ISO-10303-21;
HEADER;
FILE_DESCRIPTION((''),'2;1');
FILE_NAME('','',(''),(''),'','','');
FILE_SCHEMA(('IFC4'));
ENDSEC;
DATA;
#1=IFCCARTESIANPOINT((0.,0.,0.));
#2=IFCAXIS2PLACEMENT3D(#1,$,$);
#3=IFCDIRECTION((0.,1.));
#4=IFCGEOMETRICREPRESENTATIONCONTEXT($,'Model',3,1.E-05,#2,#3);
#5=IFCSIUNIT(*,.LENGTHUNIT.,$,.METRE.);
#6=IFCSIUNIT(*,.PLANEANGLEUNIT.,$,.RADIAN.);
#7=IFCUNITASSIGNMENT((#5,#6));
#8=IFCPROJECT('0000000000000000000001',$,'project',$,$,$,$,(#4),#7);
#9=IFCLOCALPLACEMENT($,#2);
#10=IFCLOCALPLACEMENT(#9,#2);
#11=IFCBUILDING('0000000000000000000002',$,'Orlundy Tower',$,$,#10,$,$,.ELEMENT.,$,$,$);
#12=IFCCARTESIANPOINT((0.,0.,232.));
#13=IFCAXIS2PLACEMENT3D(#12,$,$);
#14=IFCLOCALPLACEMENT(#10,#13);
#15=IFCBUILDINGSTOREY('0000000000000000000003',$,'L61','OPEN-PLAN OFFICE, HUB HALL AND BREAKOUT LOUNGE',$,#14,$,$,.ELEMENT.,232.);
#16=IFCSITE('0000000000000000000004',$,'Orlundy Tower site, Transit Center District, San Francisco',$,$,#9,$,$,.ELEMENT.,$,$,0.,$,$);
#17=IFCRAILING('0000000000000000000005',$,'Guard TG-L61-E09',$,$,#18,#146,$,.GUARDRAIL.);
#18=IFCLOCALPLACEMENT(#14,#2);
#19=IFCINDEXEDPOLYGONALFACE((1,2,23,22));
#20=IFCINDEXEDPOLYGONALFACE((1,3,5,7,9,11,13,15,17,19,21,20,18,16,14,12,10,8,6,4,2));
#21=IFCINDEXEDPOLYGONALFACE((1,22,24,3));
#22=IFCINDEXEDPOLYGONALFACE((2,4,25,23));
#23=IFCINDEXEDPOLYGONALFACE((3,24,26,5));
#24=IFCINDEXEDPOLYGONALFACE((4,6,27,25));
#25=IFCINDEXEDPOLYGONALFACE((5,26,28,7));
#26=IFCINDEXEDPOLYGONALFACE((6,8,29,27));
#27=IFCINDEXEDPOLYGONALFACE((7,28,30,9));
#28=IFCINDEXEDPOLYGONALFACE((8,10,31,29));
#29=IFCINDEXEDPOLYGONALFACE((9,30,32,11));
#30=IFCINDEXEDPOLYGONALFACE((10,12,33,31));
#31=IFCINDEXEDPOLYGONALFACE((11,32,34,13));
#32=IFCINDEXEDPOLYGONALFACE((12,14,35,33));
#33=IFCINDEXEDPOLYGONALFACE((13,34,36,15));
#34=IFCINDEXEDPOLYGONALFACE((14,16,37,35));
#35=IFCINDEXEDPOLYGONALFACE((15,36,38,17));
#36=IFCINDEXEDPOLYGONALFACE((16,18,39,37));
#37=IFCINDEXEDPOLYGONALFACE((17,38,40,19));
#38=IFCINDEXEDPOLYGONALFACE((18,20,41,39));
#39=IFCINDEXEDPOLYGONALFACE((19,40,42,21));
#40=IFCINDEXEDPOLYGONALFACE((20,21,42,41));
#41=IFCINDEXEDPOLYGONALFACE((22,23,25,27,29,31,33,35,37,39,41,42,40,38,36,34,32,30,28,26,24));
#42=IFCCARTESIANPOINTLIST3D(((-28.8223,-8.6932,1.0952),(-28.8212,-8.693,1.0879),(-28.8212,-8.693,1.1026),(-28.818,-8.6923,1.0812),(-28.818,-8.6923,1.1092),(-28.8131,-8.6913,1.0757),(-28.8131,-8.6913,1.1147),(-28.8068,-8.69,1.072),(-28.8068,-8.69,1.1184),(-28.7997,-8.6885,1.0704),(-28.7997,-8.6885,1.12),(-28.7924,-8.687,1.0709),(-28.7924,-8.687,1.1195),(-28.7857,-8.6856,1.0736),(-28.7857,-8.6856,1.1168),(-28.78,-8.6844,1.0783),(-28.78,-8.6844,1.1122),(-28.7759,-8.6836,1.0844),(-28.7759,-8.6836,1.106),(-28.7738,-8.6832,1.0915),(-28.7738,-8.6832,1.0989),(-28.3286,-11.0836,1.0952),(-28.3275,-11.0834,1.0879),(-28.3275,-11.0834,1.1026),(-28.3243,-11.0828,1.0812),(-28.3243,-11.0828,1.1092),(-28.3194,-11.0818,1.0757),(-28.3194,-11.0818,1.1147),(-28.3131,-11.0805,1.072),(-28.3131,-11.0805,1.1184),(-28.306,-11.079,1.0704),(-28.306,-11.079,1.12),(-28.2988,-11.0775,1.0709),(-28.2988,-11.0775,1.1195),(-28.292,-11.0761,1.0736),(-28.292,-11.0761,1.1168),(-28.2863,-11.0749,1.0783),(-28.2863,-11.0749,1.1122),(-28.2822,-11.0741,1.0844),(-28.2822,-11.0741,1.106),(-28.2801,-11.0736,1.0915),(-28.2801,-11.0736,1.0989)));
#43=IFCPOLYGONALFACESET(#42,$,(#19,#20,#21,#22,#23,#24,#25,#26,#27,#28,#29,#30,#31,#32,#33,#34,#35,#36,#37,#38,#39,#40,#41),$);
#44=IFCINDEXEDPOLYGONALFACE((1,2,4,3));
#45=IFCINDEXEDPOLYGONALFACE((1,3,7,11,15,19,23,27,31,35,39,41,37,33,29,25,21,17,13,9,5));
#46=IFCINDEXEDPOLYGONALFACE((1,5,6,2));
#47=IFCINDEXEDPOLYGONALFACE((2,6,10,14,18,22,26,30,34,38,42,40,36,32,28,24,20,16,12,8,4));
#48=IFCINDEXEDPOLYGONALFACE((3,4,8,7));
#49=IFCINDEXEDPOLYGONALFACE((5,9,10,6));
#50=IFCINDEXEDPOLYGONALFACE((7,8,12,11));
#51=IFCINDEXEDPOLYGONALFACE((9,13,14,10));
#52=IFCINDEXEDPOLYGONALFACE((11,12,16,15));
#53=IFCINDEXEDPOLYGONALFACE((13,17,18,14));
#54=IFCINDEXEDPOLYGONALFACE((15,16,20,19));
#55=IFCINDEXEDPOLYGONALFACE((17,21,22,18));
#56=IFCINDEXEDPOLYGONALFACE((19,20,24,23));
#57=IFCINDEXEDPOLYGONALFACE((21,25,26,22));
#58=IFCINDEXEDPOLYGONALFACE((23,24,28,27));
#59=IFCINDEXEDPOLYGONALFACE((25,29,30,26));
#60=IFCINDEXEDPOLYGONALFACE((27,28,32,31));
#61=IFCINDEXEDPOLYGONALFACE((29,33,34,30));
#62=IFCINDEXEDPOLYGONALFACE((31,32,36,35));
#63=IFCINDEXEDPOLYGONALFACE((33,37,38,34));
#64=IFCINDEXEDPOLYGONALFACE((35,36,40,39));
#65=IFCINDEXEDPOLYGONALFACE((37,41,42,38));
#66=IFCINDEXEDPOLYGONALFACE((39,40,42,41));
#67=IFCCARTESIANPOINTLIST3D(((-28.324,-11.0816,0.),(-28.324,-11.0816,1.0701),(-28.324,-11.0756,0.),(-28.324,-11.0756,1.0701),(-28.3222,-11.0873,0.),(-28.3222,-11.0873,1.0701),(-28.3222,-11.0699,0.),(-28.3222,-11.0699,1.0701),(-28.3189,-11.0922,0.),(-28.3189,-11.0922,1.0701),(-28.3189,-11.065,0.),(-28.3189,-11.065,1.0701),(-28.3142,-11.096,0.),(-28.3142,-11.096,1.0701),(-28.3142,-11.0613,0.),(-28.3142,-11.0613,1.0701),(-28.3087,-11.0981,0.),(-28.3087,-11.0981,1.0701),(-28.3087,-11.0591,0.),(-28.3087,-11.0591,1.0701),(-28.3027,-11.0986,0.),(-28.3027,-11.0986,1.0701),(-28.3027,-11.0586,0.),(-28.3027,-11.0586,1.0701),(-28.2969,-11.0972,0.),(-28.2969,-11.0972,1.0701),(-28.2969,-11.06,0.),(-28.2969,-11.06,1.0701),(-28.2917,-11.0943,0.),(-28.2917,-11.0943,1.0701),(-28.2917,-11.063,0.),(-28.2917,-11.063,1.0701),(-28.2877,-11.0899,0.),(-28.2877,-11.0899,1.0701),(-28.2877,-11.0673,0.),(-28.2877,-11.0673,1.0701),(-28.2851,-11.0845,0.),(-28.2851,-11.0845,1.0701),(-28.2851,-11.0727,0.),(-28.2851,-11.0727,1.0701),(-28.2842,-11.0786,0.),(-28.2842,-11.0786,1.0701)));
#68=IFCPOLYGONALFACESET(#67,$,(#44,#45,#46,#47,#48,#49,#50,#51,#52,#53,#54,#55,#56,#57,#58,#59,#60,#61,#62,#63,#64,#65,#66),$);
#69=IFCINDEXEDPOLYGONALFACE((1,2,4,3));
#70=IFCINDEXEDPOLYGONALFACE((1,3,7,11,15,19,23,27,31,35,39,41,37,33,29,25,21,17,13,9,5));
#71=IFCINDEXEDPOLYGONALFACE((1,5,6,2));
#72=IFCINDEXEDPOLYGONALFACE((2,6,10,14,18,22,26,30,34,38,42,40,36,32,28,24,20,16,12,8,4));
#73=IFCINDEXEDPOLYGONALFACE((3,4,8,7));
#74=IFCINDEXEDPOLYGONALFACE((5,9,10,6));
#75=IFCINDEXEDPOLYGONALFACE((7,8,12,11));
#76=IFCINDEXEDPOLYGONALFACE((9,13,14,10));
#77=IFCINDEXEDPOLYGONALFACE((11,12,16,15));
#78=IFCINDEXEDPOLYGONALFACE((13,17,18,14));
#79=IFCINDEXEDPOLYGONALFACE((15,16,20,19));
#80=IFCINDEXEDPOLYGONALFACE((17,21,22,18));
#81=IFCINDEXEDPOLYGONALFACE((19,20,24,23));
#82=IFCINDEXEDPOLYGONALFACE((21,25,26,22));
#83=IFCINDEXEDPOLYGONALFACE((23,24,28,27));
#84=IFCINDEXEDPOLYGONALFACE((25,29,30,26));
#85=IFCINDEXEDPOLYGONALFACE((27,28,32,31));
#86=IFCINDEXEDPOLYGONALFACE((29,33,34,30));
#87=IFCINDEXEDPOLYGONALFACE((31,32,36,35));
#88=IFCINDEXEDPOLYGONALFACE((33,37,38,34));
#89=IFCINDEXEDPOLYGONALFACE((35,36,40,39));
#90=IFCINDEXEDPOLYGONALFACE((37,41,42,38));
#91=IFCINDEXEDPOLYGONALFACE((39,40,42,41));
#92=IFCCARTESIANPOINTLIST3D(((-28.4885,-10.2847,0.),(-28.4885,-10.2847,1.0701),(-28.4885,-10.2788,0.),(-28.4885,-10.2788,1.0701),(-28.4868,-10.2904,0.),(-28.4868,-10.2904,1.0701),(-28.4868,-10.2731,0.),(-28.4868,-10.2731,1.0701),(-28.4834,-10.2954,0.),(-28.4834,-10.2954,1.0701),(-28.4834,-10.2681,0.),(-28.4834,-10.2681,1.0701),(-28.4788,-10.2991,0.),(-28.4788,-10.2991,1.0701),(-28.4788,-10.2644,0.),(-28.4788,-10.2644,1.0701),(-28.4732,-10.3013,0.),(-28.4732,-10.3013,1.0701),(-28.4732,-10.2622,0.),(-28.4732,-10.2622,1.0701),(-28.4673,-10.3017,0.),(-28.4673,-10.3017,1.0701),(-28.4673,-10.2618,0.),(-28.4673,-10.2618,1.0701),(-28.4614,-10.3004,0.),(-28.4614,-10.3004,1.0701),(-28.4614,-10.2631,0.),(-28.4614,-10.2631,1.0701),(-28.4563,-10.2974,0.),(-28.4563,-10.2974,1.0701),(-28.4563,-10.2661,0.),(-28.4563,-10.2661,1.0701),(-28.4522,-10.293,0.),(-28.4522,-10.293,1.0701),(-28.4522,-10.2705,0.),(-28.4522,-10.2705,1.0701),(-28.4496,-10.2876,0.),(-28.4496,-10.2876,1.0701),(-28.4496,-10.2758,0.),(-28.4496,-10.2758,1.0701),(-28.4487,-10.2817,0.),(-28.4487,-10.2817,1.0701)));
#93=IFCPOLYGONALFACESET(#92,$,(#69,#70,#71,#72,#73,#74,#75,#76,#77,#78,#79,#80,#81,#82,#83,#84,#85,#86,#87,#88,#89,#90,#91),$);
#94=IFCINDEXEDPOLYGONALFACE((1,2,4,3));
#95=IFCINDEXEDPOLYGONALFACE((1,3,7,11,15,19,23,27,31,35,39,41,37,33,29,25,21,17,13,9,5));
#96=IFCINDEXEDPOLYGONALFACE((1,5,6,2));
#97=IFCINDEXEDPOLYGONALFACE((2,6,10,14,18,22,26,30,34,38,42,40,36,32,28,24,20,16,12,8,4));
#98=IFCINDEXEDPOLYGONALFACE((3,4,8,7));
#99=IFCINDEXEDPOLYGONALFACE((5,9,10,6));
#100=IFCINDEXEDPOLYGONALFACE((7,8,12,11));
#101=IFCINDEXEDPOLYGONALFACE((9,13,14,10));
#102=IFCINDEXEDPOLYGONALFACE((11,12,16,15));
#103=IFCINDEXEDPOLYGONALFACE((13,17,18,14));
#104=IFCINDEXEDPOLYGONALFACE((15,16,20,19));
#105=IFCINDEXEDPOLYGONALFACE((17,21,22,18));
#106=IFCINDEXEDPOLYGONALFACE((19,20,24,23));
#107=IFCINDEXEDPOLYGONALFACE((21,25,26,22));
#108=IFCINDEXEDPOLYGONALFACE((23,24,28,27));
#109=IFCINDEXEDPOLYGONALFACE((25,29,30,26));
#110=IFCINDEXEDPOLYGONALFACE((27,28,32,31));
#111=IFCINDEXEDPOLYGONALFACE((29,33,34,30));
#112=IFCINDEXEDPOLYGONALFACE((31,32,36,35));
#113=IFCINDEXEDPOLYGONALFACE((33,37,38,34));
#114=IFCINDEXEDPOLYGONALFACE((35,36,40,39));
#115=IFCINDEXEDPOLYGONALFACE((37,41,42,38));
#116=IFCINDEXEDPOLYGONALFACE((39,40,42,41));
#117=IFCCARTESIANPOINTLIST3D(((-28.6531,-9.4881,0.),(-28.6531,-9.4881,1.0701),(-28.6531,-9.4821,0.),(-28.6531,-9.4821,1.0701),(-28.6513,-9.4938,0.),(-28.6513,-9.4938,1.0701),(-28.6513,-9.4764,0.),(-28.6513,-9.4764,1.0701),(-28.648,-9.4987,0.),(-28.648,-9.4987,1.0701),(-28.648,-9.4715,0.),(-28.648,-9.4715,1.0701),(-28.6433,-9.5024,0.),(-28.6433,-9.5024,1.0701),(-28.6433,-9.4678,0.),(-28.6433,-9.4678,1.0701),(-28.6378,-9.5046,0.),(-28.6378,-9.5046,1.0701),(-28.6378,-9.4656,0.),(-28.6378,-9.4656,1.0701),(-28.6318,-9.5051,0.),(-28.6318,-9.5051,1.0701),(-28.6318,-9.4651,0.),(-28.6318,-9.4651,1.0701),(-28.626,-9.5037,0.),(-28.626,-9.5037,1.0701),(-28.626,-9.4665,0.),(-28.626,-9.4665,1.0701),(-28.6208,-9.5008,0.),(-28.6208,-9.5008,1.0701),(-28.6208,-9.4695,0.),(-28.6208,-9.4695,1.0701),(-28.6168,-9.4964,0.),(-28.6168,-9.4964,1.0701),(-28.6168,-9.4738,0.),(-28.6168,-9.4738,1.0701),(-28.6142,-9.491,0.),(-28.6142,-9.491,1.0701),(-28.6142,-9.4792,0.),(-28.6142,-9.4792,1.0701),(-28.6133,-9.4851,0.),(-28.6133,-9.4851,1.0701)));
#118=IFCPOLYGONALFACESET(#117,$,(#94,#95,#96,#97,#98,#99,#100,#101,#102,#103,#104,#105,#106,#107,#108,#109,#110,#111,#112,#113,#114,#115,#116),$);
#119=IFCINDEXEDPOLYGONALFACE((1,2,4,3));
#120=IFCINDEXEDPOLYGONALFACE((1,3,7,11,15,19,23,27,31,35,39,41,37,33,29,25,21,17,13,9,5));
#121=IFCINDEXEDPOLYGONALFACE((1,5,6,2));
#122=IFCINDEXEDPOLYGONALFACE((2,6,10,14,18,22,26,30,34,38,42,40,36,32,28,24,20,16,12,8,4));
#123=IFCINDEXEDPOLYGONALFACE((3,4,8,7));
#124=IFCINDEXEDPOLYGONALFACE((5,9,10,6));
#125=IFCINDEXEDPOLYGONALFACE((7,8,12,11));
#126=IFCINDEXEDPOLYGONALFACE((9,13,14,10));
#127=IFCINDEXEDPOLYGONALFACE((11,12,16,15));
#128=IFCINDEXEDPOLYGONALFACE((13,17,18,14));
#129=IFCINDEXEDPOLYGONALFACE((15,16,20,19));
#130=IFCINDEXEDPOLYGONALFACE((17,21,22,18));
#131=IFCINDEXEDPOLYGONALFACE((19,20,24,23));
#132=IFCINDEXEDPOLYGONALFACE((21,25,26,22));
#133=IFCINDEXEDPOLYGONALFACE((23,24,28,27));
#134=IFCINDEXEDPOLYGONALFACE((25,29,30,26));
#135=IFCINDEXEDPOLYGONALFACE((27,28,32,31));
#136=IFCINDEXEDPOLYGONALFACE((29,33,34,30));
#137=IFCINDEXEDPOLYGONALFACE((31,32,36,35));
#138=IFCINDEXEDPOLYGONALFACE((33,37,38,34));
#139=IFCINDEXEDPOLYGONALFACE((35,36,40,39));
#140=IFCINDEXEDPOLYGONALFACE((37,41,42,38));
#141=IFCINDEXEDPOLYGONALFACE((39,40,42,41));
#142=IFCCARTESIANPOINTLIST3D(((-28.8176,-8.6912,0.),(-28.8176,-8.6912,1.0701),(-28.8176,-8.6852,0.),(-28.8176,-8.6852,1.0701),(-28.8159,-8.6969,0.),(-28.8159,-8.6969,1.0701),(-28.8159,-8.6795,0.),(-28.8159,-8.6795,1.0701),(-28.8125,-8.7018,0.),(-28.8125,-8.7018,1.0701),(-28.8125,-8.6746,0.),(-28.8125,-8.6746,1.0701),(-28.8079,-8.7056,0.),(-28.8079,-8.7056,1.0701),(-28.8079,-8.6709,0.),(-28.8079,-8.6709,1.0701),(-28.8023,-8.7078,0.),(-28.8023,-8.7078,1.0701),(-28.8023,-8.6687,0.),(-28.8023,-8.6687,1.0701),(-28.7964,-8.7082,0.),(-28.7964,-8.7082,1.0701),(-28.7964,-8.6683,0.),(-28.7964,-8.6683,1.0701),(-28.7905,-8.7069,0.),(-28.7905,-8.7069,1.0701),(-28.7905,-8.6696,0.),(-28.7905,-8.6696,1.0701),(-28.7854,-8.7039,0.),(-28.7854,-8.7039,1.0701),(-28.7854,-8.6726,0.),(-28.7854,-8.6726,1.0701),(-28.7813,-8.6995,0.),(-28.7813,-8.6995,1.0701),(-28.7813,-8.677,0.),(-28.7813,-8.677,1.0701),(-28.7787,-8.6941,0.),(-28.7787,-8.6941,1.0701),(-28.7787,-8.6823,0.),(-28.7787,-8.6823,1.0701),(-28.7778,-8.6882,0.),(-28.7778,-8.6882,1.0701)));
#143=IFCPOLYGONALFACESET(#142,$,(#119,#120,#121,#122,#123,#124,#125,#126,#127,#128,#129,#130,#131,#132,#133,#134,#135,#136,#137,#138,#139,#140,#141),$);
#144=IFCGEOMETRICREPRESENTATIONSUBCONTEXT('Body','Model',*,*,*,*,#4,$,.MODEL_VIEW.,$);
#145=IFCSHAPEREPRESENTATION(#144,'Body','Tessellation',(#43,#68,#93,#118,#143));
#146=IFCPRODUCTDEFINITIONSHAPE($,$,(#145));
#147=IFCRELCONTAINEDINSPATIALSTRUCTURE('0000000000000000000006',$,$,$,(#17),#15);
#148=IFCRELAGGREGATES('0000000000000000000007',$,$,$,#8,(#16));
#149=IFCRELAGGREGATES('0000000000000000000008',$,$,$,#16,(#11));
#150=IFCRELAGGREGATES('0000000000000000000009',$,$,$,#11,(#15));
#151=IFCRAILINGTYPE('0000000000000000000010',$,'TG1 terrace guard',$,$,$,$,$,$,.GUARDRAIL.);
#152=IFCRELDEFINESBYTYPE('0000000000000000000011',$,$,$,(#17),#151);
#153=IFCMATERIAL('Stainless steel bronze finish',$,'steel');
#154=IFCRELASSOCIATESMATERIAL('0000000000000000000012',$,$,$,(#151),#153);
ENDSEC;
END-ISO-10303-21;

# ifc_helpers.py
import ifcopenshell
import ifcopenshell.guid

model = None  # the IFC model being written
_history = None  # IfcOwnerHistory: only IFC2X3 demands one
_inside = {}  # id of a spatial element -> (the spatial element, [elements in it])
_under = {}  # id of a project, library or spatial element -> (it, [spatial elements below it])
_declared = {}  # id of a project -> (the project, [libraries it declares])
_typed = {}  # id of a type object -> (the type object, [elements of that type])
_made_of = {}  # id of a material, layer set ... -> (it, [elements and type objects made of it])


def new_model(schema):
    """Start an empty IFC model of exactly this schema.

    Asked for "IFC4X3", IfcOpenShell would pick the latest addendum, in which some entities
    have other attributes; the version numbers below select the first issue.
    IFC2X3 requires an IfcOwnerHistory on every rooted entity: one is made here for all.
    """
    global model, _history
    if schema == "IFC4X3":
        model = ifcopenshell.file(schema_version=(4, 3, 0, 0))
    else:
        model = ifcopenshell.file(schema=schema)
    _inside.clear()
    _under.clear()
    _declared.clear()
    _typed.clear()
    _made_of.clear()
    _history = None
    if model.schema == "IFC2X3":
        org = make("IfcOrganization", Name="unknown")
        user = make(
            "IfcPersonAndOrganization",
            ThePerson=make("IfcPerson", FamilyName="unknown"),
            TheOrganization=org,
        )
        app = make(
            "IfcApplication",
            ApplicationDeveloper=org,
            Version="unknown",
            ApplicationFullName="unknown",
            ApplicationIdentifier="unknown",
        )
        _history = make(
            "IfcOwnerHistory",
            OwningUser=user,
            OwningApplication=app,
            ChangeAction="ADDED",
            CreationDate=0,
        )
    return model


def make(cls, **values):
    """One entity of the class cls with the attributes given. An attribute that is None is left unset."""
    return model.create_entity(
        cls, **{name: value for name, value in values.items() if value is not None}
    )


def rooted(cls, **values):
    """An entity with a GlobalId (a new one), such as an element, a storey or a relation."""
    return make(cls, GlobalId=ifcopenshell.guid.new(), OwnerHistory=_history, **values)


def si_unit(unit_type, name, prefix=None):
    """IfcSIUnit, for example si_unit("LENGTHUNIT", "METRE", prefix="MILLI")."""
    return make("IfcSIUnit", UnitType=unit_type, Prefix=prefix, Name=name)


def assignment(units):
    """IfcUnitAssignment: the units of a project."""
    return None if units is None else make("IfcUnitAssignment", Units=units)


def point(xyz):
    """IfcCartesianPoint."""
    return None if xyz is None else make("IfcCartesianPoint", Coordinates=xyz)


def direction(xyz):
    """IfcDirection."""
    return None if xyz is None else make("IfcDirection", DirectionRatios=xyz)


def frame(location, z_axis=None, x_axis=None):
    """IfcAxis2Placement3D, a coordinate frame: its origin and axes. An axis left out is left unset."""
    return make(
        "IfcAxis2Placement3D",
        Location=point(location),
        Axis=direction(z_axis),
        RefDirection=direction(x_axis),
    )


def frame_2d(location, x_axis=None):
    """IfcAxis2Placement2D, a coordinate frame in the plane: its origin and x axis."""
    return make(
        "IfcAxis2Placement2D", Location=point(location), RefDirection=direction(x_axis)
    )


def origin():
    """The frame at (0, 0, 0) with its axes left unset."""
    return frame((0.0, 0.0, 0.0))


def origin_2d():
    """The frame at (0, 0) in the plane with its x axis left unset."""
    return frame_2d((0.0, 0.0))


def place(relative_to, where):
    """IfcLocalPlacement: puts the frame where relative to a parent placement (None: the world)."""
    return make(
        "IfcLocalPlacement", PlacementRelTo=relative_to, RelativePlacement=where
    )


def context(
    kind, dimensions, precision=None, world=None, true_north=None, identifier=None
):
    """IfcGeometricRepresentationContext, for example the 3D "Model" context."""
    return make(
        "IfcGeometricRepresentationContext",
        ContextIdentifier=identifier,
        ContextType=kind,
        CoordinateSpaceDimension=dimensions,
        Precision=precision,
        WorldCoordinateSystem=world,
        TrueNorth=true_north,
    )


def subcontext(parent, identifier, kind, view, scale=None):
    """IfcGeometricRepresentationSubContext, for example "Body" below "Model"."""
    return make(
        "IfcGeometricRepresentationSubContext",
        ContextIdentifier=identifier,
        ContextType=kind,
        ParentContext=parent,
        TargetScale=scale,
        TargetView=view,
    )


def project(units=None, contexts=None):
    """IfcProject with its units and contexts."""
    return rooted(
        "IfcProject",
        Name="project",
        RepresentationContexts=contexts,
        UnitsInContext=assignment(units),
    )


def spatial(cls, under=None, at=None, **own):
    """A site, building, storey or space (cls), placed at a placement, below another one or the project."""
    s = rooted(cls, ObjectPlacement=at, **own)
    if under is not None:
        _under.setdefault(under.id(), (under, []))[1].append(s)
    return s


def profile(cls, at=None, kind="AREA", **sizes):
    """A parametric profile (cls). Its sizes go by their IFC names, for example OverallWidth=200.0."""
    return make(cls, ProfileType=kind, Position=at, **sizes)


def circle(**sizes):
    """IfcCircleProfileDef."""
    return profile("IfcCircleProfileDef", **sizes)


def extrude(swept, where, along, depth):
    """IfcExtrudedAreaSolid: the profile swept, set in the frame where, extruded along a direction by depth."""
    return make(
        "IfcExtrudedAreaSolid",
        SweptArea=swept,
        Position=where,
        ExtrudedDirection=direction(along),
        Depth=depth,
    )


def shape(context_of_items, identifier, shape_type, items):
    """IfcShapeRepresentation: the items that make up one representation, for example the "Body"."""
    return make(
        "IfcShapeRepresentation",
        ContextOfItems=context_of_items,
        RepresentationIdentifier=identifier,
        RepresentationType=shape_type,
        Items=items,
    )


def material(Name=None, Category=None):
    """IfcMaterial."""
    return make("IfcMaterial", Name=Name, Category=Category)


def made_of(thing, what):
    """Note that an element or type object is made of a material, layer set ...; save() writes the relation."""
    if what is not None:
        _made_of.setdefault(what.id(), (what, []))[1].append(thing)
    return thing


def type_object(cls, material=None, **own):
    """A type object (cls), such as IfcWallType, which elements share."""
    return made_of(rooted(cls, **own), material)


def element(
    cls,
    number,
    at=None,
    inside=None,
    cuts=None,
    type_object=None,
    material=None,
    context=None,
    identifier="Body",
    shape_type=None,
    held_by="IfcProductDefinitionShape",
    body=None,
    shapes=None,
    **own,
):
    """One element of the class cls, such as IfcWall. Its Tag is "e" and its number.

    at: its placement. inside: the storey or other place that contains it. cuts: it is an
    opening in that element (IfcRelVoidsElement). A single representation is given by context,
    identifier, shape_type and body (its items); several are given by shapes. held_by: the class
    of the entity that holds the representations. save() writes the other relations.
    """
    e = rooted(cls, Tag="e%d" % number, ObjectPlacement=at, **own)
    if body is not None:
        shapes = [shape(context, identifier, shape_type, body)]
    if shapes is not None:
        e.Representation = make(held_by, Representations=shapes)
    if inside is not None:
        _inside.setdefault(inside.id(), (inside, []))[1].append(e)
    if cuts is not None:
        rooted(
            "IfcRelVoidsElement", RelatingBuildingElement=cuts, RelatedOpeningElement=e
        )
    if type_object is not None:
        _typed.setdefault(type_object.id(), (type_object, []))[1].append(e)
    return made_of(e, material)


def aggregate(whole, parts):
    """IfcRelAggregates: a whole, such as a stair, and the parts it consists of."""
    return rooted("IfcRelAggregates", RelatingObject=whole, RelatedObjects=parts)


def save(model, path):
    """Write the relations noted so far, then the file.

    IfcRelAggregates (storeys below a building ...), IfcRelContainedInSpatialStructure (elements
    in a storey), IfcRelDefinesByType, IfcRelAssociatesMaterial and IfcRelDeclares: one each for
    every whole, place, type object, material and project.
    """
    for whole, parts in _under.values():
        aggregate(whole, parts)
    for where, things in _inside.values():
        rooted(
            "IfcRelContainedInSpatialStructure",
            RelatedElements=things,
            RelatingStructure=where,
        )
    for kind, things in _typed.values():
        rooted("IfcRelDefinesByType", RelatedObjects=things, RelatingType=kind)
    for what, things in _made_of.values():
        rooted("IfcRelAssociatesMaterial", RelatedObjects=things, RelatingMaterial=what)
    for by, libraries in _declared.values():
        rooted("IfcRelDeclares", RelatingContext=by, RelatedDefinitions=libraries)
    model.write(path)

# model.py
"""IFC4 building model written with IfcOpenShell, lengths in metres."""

from ifc_helpers import new_model, si_unit, direction, frame, origin, origin_2d, place, context, subcontext, project, spatial, circle, extrude, material, type_object, element, save


model = new_model("IFC4")

# Units and contexts
model_context = context("Model", 3, precision=1e-05, world=origin(), true_north=direction((0.0, 1.0)))
body_context = subcontext(model_context, "Body", "Model", "MODEL_VIEW")
ifc_project = project(units=[si_unit("LENGTHUNIT", "METRE"), si_unit("PLANEANGLEUNIT", "RADIAN")], contexts=[model_context])

# Site, building, storey
site_placement = place(None, origin())
site = spatial("IfcSite", under=ifc_project, at=site_placement, Name="Orlundy Tower site, Transit Center District, San Francisco", CompositionType="ELEMENT", RefElevation=0.0)
building_placement = place(site_placement, origin())
building = spatial("IfcBuilding", under=site, at=building_placement, Name="Orlundy Tower", CompositionType="ELEMENT")
storey_placement = place(building_placement, frame((0.0, 0.0, 232.0)))
storey = spatial("IfcBuildingStorey", under=building, at=storey_placement, Name="L61", Description="OPEN-PLAN OFFICE, HUB HALL AND BREAKOUT LOUNGE", CompositionType="ELEMENT", Elevation=232.0)

# Railing
ifc_material_1 = material(Name="Stainless steel bronze finish", Category="steel")
railing_type_1 = type_object("IfcRailingType", Name="TG1 terrace guard", PredefinedType="GUARDRAIL", material=ifc_material_1)
railing_1_placement = place(storey_placement, frame((-28.3042, -11.0786, 0.0)))
element("IfcRailing", 1, at=railing_1_placement, inside=storey, type_object=railing_type_1, Name="Guard TG-L61-E09", PredefinedType="GUARDRAIL", context=body_context, shape_type="SweptSolid", body=[
    extrude(circle(Radius=0.0249, at=origin_2d()), frame((0.0, 0.0, 1.0952), z_axis=(-0.202248, 0.979334, 0.0), x_axis=(-0.979334, -0.202248, 0.0)), (0.0, 0.0, 1.0), 2.4409),
    extrude(circle(Radius=0.02, at=origin_2d()), origin(), (0.0, 0.0, 1.0), 1.0701),
    extrude(circle(Radius=0.02, at=origin_2d()), frame((-0.1646, 0.7969, 0.0)), (0.0, 0.0, 1.0), 1.0701),
    extrude(circle(Radius=0.02, at=origin_2d()), frame((-0.3291, 1.5935, 0.0)), (0.0, 0.0, 1.0), 1.0701),
    extrude(circle(Radius=0.02, at=origin_2d()), frame((-0.4937, 2.3904, 0.0)), (0.0, 0.0, 1.0), 1.0701),
])

save(model, "model.ifc")
